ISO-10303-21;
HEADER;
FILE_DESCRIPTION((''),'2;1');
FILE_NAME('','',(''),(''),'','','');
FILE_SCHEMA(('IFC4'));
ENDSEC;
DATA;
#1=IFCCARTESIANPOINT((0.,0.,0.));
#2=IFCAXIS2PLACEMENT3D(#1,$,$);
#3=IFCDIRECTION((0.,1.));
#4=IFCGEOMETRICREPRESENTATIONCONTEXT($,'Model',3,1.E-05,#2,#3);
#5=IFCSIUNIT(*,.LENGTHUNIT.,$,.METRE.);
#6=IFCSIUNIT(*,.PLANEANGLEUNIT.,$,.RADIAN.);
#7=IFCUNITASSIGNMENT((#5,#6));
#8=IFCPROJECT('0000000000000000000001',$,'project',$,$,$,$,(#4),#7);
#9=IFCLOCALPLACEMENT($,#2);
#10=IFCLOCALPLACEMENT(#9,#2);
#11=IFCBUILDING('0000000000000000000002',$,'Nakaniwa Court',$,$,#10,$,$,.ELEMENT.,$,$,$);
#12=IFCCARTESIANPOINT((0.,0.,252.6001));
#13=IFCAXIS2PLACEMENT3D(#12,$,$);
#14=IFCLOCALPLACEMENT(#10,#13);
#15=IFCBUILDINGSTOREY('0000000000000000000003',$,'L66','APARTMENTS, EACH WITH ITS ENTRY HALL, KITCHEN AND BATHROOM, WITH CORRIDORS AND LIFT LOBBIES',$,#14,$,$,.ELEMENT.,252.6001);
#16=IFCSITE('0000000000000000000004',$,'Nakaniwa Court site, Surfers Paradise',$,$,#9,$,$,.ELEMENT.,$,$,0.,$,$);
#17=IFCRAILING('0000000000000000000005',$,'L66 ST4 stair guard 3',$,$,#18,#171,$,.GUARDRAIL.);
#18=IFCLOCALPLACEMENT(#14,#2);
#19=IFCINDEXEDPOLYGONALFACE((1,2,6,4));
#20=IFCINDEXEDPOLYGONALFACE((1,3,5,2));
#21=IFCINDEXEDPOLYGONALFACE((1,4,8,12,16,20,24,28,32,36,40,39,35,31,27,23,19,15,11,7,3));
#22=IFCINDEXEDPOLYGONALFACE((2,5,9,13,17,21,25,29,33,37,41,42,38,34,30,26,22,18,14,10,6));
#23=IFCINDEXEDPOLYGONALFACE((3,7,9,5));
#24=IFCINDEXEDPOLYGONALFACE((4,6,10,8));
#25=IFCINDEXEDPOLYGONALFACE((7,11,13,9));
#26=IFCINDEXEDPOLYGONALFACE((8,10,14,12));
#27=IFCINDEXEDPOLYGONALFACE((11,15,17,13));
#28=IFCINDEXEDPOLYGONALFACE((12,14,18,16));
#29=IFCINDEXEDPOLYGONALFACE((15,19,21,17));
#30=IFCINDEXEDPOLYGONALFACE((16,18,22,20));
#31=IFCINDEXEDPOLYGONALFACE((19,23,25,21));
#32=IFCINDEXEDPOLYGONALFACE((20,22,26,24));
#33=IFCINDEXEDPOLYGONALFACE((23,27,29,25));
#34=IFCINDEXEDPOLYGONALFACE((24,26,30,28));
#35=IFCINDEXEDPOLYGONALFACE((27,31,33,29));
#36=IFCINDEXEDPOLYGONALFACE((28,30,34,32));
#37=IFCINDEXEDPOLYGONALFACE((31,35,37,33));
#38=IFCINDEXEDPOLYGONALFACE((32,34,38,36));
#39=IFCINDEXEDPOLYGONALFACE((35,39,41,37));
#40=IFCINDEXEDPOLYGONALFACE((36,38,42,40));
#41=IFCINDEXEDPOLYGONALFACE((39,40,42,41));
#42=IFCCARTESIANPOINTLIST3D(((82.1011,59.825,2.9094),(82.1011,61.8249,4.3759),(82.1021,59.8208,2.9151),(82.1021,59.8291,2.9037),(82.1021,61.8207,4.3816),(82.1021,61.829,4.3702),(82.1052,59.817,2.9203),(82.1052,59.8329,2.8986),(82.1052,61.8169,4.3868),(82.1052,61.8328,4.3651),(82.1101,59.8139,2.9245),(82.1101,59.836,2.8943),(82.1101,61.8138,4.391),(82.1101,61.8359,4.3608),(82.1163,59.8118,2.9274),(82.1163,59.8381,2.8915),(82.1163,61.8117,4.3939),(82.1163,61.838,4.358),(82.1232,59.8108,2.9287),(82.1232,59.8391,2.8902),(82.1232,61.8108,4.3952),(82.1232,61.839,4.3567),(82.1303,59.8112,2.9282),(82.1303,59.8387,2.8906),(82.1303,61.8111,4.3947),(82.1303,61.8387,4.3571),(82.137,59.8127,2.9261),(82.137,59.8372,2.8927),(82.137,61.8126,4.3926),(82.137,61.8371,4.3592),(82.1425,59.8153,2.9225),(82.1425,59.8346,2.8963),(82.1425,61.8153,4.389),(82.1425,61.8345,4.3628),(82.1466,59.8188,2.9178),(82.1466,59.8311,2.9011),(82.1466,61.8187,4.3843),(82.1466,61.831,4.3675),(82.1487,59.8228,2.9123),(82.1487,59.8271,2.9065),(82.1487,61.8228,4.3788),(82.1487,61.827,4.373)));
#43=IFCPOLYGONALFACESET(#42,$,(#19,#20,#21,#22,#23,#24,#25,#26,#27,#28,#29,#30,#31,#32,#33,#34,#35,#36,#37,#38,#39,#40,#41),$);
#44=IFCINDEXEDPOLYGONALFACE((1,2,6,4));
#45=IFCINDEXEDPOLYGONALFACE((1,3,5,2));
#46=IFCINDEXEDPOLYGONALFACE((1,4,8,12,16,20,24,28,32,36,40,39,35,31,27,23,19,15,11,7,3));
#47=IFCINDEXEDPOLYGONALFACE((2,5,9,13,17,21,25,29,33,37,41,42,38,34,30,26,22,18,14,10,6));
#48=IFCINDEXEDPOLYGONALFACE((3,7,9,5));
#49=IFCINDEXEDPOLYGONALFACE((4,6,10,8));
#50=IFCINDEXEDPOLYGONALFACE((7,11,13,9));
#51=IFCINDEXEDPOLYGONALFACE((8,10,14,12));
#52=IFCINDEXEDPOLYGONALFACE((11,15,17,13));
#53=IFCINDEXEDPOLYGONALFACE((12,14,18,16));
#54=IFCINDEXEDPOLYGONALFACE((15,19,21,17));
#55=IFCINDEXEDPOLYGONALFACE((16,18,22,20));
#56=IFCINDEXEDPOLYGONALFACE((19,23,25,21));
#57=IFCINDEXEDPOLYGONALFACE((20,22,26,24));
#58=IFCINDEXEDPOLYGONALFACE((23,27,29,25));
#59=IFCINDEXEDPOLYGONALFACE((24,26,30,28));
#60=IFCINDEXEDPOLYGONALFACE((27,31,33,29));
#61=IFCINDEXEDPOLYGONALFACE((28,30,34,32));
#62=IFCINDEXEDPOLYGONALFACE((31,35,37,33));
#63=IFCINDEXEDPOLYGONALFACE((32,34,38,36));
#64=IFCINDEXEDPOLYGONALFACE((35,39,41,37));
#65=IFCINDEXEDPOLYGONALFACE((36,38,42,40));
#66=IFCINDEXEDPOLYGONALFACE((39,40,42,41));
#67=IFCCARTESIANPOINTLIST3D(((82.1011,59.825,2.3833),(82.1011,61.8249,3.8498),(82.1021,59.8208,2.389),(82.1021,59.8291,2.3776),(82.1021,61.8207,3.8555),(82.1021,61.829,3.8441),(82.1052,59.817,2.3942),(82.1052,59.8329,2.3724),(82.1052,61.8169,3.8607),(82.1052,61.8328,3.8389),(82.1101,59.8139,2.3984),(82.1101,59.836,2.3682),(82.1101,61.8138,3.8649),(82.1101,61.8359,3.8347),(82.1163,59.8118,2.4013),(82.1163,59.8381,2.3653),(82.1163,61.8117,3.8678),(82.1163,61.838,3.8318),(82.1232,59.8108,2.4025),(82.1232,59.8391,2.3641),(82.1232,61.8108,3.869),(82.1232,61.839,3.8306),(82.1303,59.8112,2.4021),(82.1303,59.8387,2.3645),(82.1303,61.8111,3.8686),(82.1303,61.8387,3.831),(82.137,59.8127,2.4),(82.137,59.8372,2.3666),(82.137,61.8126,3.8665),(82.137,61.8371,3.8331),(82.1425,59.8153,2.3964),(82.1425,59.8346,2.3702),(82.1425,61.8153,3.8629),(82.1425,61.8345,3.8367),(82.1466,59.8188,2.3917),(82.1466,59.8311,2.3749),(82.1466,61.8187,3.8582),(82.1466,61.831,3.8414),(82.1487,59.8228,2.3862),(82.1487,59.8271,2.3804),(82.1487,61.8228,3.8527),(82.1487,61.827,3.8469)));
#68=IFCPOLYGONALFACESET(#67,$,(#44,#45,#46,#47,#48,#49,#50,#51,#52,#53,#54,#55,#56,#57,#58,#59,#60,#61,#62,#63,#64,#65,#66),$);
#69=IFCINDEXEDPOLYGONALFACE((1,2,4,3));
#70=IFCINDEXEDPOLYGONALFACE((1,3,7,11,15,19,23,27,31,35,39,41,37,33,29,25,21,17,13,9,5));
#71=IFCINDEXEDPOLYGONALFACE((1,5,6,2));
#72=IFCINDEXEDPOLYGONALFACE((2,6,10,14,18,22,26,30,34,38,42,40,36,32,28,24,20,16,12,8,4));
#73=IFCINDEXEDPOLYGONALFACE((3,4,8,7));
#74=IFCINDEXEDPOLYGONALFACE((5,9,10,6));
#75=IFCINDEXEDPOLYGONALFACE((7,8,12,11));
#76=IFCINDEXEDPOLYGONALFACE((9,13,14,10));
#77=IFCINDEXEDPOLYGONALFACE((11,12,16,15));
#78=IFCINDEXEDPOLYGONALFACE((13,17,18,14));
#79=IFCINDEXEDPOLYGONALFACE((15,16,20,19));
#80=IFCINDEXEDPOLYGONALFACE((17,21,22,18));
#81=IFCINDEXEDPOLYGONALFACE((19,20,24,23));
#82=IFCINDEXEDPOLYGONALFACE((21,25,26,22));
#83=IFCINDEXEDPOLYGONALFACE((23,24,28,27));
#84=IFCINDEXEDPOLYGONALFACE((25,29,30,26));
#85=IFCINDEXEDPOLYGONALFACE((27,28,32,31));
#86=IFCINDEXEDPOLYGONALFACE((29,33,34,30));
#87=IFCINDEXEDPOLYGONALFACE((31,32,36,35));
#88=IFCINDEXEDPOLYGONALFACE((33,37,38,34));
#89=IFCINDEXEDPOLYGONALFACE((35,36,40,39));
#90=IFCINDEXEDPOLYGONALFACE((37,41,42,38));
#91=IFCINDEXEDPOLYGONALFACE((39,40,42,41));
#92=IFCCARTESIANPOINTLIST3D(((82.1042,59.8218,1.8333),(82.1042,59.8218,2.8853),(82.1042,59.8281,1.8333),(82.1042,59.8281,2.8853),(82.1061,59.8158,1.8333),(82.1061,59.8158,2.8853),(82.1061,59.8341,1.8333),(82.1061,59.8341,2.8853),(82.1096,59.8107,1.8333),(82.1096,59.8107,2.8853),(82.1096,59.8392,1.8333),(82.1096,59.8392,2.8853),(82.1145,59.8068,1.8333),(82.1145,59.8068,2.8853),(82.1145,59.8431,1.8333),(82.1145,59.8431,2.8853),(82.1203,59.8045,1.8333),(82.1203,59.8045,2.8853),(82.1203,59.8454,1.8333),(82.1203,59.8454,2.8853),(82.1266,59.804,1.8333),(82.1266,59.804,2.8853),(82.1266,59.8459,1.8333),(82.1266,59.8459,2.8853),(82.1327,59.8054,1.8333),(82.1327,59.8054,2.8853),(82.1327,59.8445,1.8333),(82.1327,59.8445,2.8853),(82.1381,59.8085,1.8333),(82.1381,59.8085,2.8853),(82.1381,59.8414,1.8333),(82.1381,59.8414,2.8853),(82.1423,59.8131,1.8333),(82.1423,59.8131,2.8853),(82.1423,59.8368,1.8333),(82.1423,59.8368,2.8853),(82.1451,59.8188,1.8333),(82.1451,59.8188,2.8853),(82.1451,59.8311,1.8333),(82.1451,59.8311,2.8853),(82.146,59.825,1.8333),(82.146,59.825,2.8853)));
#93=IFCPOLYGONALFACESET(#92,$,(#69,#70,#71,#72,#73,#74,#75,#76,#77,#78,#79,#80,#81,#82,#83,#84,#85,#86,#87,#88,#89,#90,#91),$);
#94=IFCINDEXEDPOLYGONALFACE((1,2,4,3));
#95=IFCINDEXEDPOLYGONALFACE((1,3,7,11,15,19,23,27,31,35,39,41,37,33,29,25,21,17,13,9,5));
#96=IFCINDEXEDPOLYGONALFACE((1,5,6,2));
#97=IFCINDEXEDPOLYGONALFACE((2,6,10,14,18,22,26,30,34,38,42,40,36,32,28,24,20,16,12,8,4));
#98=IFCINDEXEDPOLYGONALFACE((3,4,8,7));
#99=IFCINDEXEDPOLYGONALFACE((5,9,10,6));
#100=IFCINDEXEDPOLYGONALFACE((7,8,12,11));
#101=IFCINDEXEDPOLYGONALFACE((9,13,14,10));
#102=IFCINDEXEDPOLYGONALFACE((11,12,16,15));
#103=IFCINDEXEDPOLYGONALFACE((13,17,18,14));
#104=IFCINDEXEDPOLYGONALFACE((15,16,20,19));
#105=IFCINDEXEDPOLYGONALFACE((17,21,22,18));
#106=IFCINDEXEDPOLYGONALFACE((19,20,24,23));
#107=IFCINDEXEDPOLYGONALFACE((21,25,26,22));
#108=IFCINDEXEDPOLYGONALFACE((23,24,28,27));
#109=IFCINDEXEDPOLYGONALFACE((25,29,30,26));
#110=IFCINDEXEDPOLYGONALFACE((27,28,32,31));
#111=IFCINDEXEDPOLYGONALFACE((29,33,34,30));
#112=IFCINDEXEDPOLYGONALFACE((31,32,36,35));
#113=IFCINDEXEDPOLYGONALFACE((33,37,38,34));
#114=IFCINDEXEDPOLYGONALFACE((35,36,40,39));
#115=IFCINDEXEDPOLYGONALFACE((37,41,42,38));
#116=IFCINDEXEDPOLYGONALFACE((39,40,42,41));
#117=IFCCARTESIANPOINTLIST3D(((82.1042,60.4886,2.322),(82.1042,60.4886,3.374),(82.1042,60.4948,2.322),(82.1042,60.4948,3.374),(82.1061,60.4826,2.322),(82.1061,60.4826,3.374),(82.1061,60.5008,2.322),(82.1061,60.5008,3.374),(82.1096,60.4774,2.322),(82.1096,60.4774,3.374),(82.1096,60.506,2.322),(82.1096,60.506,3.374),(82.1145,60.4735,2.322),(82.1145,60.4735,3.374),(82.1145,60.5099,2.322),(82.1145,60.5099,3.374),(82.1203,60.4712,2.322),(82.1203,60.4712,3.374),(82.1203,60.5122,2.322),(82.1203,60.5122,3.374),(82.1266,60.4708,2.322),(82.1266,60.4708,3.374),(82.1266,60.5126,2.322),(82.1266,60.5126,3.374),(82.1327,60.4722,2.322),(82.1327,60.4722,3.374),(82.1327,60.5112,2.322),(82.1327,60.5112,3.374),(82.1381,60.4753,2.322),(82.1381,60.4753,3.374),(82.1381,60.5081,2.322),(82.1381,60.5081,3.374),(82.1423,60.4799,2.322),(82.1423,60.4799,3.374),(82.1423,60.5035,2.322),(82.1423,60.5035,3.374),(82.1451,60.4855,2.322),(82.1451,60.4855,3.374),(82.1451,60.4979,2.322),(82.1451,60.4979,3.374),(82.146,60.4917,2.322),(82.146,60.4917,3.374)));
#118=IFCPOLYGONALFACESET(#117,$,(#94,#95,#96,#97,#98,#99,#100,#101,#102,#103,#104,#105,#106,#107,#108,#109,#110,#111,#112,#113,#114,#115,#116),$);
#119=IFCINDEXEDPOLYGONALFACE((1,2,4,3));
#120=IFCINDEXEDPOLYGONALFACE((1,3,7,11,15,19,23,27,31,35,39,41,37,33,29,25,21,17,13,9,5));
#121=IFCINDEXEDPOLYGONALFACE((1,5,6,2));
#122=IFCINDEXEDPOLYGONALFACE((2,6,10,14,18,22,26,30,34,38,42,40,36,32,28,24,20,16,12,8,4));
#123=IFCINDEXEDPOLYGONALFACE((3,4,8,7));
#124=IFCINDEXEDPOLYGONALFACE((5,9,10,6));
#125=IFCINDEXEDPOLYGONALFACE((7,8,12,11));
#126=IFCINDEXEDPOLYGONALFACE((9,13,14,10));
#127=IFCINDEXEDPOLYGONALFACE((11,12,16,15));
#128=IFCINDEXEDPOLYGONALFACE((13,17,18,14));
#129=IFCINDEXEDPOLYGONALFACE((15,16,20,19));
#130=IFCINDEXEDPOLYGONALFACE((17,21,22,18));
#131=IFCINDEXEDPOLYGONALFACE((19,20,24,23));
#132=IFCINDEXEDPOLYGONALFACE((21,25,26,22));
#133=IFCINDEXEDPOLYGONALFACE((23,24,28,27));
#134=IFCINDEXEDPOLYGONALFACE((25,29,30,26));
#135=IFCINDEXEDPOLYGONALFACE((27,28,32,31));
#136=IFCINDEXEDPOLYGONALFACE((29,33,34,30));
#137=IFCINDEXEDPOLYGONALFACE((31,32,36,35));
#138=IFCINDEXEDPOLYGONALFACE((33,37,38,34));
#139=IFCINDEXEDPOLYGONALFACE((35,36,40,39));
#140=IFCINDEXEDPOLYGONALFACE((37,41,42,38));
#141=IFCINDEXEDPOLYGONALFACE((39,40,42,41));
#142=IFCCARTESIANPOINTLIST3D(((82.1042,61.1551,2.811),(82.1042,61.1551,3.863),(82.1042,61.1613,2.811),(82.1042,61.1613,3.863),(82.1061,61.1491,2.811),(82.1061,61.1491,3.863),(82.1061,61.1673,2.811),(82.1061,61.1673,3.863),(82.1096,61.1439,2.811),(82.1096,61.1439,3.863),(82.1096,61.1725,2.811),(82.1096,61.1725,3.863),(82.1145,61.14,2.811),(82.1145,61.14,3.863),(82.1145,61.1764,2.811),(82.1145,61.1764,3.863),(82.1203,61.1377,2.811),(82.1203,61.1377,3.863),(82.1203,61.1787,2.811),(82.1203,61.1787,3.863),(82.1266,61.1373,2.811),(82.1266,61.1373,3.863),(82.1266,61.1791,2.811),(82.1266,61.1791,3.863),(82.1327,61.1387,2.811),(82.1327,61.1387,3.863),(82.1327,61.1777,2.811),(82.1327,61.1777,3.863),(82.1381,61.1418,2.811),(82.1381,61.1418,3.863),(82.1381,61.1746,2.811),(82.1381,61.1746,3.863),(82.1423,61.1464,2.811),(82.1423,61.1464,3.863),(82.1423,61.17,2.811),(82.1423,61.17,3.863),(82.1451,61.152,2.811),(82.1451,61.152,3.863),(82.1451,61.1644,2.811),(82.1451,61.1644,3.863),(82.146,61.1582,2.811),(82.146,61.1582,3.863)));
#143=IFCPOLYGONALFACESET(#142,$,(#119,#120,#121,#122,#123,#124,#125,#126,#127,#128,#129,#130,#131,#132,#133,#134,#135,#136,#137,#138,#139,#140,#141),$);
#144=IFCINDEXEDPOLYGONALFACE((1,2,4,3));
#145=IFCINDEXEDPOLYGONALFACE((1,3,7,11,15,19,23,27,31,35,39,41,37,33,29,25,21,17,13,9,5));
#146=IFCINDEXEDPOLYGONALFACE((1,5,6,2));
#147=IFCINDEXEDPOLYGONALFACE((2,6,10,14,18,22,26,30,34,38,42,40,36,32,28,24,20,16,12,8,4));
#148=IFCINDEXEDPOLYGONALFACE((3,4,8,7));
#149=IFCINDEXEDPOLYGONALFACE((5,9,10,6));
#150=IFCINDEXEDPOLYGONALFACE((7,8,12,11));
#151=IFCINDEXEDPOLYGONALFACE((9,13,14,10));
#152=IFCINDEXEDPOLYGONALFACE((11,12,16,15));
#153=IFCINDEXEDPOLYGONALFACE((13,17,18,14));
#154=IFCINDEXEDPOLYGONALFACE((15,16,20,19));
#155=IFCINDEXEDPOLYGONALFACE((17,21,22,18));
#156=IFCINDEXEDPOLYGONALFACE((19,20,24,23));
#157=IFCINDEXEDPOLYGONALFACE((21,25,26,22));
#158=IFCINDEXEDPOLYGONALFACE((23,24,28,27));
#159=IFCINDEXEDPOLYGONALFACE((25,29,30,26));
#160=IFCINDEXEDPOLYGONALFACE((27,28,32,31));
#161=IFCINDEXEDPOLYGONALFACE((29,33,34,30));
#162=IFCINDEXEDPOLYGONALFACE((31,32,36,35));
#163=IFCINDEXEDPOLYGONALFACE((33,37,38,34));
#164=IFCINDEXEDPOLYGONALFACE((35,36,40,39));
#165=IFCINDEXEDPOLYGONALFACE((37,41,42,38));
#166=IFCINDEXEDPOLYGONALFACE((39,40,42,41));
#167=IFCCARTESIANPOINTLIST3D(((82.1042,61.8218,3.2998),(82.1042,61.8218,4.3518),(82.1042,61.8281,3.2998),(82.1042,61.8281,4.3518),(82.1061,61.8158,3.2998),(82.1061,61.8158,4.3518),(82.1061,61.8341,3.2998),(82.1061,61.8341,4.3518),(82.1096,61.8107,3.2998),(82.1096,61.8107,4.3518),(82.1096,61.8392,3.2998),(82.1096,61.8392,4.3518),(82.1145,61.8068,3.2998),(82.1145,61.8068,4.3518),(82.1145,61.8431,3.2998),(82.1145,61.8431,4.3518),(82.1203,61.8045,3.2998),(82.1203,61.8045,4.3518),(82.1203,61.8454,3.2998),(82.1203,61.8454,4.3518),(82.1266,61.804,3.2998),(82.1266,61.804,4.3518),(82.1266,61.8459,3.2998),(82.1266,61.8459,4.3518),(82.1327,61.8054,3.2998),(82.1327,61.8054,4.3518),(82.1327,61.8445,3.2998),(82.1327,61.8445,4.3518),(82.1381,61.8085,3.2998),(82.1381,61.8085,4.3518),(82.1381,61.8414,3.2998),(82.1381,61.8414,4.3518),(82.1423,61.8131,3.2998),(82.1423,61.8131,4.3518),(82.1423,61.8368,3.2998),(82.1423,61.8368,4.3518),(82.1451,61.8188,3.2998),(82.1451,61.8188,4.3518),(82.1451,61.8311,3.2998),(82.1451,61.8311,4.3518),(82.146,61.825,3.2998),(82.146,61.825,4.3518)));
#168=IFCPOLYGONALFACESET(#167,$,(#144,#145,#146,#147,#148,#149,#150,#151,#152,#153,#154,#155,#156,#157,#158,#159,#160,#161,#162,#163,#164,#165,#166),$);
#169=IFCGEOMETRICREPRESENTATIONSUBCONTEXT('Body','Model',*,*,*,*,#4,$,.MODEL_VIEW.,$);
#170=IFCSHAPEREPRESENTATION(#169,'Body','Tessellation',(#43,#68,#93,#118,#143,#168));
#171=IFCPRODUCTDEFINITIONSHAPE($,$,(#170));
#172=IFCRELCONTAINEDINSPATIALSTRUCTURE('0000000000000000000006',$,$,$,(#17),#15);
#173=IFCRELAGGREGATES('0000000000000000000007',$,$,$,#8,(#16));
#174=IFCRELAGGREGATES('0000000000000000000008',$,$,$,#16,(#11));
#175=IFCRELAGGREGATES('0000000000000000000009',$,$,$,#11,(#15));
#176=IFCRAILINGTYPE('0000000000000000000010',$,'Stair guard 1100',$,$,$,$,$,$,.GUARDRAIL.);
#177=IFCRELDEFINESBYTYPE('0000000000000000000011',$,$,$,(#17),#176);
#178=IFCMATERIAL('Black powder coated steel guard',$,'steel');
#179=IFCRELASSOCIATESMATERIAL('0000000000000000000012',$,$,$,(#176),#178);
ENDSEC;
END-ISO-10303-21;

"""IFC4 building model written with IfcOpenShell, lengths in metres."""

from ifc_helpers import new_model, si_unit, direction, frame, origin, origin_2d, place, context, subcontext, project, spatial, circle, extrude, material, type_object, element, save


model = new_model("IFC4")

# Units and contexts
model_context = context("Model", 3, precision=1e-05, world=origin(), true_north=direction((0.0, 1.0)))
body_context = subcontext(model_context, "Body", "Model", "MODEL_VIEW")
ifc_project = project(units=[si_unit("LENGTHUNIT", "METRE"), si_unit("PLANEANGLEUNIT", "RADIAN")], contexts=[model_context])

# Site, building, storey
site_placement = place(None, origin())
site = spatial("IfcSite", under=ifc_project, at=site_placement, Name="Nakaniwa Court site, Surfers Paradise", CompositionType="ELEMENT", RefElevation=0.0)
building_placement = place(site_placement, origin())
building = spatial("IfcBuilding", under=site, at=building_placement, Name="Nakaniwa Court", CompositionType="ELEMENT")
storey_placement = place(building_placement, frame((0.0, 0.0, 252.6001)))
storey = spatial("IfcBuildingStorey", under=building, at=storey_placement, Name="L66", Description="APARTMENTS, EACH WITH ITS ENTRY HALL, KITCHEN AND BATHROOM, WITH CORRIDORS AND LIFT LOBBIES", CompositionType="ELEMENT", Elevation=252.6001)

# Railing
ifc_material_1 = material(Name="Black powder coated steel guard", Category="steel")
railing_type_1 = type_object("IfcRailingType", Name="Stair guard 1100", PredefinedType="GUARDRAIL", material=ifc_material_1)
railing_1_placement = place(storey_placement, frame((82.125, 59.825, 1.8333)))
element("IfcRailing", 1, at=railing_1_placement, inside=storey, type_object=railing_type_1, Name="L66 ST4 stair guard 3", PredefinedType="GUARDRAIL", context=body_context, shape_type="SweptSolid", body=[
    extrude(circle(Radius=0.0239, at=origin_2d()), frame((0.0, 0.0, 1.0762), z_axis=(0.0, 0.806427, 0.591334), x_axis=(-1.0, 0.0, 0.0)), (0.0, 0.0, 1.0), 2.48),
    extrude(circle(Radius=0.0239, at=origin_2d()), frame((0.0, 0.0, 0.55), z_axis=(0.0, 0.806427, 0.591334), x_axis=(-1.0, 0.0, 0.0)), (0.0, 0.0, 1.0), 2.48),
    extrude(circle(Radius=0.021, at=origin_2d()), origin(), (0.0, 0.0, 1.0), 1.052),
    extrude(circle(Radius=0.021, at=origin_2d()), frame((0.0, 0.6667, 0.4888)), (0.0, 0.0, 1.0), 1.052),
    extrude(circle(Radius=0.021, at=origin_2d()), frame((0.0, 1.3333, 0.9778)), (0.0, 0.0, 1.0), 1.052),
    extrude(circle(Radius=0.021, at=origin_2d()), frame((0.0, 2.0, 1.4666)), (0.0, 0.0, 1.0), 1.052),
])

save(model, "model.ifc")
